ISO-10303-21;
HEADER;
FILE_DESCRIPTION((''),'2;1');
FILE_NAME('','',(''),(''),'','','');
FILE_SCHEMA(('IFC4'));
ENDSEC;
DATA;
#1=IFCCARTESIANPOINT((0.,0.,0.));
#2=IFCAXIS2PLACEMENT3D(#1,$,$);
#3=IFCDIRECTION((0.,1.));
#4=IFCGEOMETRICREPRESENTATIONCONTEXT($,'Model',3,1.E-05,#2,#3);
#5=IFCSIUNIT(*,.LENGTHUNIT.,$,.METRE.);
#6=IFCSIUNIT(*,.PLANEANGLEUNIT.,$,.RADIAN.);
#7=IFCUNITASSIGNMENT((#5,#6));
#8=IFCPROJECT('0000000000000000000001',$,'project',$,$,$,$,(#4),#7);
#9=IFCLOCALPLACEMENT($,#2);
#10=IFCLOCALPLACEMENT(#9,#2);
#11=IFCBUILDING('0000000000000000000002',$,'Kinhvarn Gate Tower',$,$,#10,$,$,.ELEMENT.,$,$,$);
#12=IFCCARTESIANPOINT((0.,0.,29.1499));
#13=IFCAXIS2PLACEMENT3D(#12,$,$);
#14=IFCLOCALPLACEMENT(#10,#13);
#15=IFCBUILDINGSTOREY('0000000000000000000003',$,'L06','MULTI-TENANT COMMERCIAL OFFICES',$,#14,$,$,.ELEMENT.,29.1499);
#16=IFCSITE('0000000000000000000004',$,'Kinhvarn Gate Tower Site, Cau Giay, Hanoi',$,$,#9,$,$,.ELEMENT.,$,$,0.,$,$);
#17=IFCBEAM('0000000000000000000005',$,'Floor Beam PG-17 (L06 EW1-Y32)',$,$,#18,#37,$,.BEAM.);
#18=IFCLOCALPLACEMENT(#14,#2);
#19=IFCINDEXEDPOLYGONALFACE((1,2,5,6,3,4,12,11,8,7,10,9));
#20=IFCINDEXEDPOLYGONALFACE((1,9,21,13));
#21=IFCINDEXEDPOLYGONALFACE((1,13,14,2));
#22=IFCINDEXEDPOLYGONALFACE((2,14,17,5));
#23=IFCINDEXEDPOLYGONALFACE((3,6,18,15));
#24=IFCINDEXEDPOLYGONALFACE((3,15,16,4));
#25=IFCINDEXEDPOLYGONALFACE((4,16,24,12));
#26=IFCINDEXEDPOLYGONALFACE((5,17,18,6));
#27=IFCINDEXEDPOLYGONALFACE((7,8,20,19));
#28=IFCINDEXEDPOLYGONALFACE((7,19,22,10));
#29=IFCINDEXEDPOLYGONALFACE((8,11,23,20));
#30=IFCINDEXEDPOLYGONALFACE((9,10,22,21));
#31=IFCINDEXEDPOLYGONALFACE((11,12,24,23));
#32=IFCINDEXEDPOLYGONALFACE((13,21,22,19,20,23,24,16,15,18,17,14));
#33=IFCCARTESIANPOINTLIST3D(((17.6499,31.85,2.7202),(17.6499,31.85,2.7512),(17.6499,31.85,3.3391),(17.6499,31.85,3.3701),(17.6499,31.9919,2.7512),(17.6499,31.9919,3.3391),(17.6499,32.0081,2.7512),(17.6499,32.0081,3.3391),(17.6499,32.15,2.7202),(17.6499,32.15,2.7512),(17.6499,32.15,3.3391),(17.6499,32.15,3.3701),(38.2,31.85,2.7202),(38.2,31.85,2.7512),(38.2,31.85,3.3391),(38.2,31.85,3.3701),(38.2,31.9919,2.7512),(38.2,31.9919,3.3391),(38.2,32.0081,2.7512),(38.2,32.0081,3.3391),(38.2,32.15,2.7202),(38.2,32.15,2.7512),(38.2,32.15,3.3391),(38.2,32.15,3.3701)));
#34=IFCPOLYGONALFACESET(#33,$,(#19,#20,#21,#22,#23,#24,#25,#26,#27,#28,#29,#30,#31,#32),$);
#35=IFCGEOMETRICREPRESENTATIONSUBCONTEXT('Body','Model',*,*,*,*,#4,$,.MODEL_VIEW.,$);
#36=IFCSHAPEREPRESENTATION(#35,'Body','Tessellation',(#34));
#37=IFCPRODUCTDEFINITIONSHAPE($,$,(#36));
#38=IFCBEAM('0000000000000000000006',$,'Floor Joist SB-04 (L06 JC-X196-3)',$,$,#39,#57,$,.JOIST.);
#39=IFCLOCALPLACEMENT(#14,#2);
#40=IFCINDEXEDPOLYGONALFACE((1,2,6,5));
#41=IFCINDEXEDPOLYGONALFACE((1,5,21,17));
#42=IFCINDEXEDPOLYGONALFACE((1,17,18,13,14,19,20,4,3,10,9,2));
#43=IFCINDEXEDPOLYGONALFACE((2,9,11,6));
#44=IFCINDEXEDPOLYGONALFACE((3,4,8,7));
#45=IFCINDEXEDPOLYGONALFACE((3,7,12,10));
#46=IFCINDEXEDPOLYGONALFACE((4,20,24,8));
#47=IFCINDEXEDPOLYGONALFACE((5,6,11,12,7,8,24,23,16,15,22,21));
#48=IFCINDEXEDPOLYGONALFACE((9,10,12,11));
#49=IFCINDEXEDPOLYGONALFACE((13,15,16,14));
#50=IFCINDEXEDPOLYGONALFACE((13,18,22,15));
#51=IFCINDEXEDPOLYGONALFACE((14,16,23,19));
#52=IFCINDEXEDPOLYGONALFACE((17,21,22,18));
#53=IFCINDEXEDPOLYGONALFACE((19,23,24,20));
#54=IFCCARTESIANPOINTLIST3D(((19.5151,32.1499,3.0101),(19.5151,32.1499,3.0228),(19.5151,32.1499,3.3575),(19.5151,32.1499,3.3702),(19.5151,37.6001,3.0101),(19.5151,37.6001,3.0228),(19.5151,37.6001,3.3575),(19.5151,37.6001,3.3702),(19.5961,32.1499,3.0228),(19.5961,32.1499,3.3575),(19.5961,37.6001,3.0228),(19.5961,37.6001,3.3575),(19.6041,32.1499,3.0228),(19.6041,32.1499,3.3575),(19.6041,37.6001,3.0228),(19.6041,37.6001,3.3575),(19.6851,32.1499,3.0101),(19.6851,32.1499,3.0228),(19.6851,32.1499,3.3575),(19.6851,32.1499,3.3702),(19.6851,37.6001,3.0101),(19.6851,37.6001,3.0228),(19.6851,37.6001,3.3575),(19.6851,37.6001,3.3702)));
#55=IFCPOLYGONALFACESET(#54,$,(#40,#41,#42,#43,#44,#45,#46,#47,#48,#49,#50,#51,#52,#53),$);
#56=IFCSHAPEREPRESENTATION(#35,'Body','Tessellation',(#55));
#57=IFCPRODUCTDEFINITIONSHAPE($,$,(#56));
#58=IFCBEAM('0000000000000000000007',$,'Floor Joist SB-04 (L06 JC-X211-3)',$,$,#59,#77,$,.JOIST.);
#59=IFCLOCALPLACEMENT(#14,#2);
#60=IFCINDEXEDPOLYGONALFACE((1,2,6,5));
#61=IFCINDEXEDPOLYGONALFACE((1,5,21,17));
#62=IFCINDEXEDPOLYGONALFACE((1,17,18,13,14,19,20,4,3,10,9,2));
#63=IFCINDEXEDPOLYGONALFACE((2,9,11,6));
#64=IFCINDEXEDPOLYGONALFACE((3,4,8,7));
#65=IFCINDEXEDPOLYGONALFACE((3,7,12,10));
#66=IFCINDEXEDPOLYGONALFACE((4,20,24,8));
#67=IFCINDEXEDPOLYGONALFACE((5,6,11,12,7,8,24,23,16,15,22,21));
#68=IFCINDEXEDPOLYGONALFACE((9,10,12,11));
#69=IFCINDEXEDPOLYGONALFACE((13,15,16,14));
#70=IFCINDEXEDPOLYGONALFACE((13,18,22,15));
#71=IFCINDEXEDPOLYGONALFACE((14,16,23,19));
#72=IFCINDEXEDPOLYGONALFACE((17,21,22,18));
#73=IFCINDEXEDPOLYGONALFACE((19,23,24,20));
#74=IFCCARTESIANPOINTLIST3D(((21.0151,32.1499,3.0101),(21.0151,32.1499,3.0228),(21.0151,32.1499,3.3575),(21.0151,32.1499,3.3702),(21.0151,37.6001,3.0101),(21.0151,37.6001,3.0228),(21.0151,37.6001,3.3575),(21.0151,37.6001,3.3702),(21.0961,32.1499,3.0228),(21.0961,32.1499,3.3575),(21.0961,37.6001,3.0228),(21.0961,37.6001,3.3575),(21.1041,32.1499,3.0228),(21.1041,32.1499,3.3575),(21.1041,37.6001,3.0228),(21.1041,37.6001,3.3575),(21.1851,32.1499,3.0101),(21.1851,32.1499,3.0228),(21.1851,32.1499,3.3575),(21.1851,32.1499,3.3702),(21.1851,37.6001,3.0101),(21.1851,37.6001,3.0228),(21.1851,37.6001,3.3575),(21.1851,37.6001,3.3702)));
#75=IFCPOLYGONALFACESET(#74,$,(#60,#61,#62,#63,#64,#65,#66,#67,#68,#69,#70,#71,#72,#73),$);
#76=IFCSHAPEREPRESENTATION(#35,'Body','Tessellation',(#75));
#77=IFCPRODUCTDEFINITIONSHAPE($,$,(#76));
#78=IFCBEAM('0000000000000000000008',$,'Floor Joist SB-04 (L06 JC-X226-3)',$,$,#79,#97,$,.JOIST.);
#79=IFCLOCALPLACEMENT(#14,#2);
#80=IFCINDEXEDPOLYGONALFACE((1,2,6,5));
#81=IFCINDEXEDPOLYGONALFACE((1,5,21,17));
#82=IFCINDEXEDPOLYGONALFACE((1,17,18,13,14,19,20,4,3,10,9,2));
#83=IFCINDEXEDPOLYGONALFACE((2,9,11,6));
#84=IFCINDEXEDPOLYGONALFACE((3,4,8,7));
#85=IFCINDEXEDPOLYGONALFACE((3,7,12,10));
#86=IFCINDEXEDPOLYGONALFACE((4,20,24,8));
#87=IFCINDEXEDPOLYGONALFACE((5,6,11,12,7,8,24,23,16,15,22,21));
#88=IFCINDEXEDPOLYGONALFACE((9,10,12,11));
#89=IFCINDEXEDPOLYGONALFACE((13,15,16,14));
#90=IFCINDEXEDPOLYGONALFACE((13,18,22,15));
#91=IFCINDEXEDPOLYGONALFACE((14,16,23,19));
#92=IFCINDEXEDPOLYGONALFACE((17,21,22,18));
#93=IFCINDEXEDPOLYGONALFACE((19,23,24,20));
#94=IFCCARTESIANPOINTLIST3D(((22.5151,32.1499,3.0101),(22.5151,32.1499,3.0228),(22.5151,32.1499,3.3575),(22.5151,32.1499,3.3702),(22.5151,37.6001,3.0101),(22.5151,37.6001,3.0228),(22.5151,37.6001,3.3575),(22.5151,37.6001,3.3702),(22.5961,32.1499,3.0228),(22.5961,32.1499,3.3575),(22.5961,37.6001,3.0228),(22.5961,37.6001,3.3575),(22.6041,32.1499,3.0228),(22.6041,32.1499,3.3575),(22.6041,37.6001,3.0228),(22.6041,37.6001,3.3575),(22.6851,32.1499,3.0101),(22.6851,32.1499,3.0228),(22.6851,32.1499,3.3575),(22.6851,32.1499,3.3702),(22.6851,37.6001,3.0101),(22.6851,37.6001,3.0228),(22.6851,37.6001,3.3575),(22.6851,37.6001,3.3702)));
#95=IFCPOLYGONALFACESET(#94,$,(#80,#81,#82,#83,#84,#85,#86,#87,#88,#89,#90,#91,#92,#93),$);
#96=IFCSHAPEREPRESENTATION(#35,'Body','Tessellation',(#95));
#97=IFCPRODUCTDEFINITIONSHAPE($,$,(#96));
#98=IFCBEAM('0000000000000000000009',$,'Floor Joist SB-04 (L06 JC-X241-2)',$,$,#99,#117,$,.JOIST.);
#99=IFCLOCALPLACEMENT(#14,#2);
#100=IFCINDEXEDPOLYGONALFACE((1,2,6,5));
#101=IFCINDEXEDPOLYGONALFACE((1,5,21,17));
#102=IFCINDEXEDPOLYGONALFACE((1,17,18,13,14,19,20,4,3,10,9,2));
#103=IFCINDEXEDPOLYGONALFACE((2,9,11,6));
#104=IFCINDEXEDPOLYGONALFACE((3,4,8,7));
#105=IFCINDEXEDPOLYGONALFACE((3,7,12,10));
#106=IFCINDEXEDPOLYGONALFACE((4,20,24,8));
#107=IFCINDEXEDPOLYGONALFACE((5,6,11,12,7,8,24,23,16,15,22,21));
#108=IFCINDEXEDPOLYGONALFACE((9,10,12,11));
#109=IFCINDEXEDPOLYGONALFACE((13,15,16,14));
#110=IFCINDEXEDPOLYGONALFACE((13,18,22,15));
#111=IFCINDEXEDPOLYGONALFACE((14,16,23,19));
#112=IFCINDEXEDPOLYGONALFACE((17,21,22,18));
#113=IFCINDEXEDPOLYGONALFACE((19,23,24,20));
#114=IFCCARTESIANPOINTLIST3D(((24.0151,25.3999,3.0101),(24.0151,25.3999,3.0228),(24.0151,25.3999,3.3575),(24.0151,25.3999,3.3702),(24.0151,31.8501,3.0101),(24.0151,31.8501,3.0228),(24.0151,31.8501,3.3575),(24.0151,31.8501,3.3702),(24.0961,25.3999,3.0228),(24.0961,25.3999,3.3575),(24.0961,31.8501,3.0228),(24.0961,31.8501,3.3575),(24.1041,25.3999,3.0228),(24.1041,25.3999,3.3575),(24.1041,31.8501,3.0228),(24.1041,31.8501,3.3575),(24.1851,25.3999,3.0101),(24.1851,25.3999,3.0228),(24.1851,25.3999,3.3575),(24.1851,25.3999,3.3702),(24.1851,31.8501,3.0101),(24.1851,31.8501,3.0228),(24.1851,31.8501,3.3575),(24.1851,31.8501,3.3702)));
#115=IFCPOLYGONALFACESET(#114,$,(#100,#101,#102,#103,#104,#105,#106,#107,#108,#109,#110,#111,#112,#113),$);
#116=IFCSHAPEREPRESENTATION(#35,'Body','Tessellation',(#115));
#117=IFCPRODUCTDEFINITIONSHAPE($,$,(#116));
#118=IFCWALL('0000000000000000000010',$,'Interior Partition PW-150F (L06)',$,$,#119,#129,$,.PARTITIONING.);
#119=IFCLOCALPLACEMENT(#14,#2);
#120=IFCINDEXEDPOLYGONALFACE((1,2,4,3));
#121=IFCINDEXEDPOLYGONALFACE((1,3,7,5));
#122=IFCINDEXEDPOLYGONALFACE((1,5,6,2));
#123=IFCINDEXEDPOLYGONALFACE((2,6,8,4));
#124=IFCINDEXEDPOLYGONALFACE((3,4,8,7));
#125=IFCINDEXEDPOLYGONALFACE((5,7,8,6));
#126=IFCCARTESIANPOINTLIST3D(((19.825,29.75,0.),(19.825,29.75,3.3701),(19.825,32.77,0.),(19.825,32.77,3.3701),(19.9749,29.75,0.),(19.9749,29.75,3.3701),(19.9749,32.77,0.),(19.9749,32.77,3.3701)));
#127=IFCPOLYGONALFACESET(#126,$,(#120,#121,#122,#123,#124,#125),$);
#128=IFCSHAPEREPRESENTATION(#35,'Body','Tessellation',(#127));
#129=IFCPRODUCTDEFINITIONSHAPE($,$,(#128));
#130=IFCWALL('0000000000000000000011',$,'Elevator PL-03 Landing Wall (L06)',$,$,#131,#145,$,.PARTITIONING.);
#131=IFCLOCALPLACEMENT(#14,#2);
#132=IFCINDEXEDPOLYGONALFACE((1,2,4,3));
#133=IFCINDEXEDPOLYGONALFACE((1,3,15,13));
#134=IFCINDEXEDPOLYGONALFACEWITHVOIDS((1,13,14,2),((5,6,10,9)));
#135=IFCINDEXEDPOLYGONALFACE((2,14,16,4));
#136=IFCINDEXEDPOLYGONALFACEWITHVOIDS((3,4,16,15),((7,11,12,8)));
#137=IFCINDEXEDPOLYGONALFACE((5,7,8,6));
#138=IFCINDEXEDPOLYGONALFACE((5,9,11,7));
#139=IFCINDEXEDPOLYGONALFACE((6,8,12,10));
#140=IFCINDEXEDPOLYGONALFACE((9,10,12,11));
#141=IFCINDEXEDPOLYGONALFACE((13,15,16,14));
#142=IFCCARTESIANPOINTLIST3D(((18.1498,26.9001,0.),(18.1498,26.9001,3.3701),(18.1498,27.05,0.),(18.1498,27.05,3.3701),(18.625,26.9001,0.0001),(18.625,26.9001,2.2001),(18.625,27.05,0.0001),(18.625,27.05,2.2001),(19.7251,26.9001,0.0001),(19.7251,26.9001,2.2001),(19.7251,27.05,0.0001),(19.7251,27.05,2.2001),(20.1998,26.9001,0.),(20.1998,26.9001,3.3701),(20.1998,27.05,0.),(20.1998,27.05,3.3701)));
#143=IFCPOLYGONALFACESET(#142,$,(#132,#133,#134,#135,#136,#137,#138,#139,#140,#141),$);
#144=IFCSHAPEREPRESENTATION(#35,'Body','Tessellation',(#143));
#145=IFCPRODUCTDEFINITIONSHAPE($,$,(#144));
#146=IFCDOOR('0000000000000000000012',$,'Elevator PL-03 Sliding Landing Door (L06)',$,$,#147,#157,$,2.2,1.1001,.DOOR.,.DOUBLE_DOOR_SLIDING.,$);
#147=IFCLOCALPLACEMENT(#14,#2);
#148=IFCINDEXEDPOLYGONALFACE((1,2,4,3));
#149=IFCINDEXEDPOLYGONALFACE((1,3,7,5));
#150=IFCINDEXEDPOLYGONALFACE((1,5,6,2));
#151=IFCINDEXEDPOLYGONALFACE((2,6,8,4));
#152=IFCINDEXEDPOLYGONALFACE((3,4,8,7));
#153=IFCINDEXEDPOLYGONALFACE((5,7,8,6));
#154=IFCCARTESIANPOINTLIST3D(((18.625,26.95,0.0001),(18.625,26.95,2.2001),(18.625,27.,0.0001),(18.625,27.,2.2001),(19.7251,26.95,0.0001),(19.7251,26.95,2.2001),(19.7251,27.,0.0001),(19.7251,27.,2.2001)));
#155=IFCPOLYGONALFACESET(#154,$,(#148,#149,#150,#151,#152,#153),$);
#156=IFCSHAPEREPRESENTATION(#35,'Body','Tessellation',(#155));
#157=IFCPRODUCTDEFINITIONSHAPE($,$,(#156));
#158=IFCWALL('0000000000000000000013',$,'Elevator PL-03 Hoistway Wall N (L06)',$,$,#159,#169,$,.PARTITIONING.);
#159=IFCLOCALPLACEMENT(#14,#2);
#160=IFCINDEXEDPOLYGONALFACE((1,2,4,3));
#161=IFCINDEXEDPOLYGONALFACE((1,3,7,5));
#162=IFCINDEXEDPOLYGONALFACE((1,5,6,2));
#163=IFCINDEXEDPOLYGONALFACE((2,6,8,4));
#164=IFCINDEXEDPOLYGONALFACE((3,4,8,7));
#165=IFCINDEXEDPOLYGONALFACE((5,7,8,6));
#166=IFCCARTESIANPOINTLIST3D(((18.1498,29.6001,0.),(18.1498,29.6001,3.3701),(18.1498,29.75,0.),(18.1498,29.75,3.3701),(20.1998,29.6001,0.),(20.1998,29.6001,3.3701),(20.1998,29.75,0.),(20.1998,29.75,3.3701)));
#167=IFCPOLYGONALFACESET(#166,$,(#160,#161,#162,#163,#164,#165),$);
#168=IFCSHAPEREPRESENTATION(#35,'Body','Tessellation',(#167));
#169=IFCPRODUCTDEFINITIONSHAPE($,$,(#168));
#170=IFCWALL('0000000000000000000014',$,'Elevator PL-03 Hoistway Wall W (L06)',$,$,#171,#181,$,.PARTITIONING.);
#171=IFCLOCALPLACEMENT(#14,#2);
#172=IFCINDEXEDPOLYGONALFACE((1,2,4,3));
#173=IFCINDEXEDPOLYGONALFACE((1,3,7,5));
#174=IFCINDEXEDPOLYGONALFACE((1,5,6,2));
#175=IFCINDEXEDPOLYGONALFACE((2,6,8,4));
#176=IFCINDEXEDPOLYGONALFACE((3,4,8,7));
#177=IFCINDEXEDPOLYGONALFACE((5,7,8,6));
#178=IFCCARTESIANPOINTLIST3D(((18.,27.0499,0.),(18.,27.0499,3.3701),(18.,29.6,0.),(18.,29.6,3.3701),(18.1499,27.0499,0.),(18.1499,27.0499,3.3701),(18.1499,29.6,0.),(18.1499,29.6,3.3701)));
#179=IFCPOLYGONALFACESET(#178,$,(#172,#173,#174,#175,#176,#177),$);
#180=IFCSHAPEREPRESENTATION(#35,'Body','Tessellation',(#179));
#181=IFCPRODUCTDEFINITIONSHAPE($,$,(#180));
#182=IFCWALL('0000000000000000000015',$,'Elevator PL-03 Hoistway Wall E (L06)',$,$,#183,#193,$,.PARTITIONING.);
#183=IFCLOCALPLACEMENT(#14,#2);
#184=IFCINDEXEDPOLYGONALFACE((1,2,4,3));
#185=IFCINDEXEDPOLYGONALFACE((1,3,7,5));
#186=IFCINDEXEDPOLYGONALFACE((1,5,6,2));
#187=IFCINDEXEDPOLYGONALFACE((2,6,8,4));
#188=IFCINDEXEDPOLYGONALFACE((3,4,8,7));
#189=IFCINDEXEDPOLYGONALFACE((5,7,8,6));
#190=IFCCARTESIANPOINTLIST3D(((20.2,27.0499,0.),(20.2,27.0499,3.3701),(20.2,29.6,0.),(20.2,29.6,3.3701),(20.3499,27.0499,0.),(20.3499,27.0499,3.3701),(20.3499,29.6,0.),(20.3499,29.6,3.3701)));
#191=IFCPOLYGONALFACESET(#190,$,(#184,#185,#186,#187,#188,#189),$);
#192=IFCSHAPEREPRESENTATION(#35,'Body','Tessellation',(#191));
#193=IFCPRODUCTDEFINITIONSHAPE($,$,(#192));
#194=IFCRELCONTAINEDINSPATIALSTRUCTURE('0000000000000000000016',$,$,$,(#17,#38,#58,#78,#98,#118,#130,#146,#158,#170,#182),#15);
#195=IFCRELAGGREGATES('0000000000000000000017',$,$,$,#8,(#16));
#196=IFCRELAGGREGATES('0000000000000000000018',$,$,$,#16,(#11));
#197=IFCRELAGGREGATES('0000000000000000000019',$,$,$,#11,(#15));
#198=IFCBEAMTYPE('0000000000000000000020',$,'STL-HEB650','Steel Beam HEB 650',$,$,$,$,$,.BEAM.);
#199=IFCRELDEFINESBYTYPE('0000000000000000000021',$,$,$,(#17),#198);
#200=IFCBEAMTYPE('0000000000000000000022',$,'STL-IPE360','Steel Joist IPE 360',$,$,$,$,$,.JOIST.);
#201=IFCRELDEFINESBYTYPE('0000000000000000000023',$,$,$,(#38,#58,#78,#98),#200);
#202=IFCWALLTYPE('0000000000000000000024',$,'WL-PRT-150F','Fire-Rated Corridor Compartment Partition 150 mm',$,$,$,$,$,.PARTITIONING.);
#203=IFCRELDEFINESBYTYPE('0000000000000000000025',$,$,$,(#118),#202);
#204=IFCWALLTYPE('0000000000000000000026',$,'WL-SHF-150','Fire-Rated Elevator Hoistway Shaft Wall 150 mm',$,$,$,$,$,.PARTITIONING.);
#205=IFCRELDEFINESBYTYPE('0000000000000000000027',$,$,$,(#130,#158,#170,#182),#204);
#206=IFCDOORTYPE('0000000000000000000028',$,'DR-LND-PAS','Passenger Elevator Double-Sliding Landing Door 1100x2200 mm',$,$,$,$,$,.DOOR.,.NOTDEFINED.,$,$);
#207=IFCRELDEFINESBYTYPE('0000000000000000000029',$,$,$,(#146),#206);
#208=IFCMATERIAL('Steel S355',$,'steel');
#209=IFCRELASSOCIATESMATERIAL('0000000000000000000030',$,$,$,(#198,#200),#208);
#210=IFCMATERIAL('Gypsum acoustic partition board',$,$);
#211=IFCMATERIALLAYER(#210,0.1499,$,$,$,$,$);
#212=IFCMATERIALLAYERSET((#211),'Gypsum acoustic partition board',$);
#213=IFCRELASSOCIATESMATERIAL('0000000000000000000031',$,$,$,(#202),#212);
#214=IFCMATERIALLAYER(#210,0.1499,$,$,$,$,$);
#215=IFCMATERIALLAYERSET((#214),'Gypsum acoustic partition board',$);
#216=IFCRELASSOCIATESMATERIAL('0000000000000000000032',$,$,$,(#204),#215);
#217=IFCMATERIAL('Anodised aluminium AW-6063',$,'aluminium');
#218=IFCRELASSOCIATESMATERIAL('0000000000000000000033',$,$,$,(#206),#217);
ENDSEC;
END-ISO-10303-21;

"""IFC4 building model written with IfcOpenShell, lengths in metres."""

from ifc_helpers import new_model, si_unit, direction, frame, frame_2d, origin, origin_2d, place, context, subcontext, project, spatial, rectangle, i_section, extrude, material, layer, layer_set, material_profile, profile_set, type_object, element, fill, save


model = new_model("IFC4")

# Units and contexts
model_context = context("Model", 3, precision=1e-05, world=origin(), true_north=direction((0.0, 1.0)))
body_context = subcontext(model_context, "Body", "Model", "MODEL_VIEW")
ifc_project = project(units=[si_unit("LENGTHUNIT", "METRE"), si_unit("PLANEANGLEUNIT", "RADIAN")], contexts=[model_context])

# Site, building, storey
site_placement = place(None, origin())
site = spatial("IfcSite", under=ifc_project, at=site_placement, Name="Kinhvarn Gate Tower Site, Cau Giay, Hanoi", CompositionType="ELEMENT", RefElevation=0.0)
building_placement = place(site_placement, origin())
building = spatial("IfcBuilding", under=site, at=building_placement, Name="Kinhvarn Gate Tower", CompositionType="ELEMENT")
storey_placement = place(building_placement, frame((0.0, 0.0, 29.1499)))
storey = spatial("IfcBuildingStorey", under=building, at=storey_placement, Name="L06", Description="MULTI-TENANT COMMERCIAL OFFICES", CompositionType="ELEMENT", Elevation=29.1499)

# Beams
ifc_material_1 = material(Name="Steel S355", Category="steel")
ifc_material_profile_1 = material_profile(ifc_material_1, i_section(OverallWidth=0.3, OverallDepth=0.6499, WebThickness=0.0161, FlangeThickness=0.031, at=origin_2d()), Name="HEB 650")
ifc_profile_set_1 = profile_set([ifc_material_profile_1], Name="Steel S355")
beam_type_1 = type_object("IfcBeamType", Name="STL-HEB650", Description="Steel Beam HEB 650", PredefinedType="BEAM", material=ifc_profile_set_1)
beam_1_placement = place(storey_placement, frame((17.6499, 32.0, 3.0452), z_axis=(1.0, 0.0, 0.0), x_axis=(0.0, 1.0, 0.0)))
element("IfcBeam", 1, at=beam_1_placement, inside=storey, type_object=beam_type_1, Name="Floor Beam PG-17 (L06 EW1-Y32)", PredefinedType="BEAM", context=body_context, shape_type="SweptSolid", body=[
    extrude(i_section(OverallWidth=0.3, OverallDepth=0.6499, WebThickness=0.0161, FlangeThickness=0.031, at=origin_2d()), origin(), (0.0, 0.0, 1.0), 20.55),
])
ifc_material_profile_2 = material_profile(ifc_material_1, i_section(OverallWidth=0.1699, OverallDepth=0.3601, WebThickness=0.0081, FlangeThickness=0.0127, at=origin_2d()), Name="IPE 360")
ifc_profile_set_2 = profile_set([ifc_material_profile_2], Name="Steel S355")
beam_type_2 = type_object("IfcBeamType", Name="STL-IPE360", Description="Steel Joist IPE 360", PredefinedType="JOIST", material=ifc_profile_set_2)
for number, where, z_axis, x_axis, name in (
    (2, (19.6001, 32.1499, 3.1902), (0.0, 1.0, 0.0), (-1.0, 0.0, 0.0), "Floor Joist SB-04 (L06 JC-X196-3)"),
    (3, (21.1001, 32.1499, 3.1902), (0.0, 1.0, 0.0), (-1.0, 0.0, 0.0), "Floor Joist SB-04 (L06 JC-X211-3)"),
    (4, (22.6001, 32.1499, 3.1902), (0.0, 1.0, 0.0), (-1.0, 0.0, 0.0), "Floor Joist SB-04 (L06 JC-X226-3)"),
):
    element("IfcBeam", number, at=place(storey_placement, frame(where, z_axis=z_axis, x_axis=x_axis)), inside=storey, type_object=beam_type_2, Name=name, PredefinedType="JOIST", context=body_context, shape_type="SweptSolid", body=[
        extrude(i_section(OverallWidth=0.1699, OverallDepth=0.3601, WebThickness=0.0081, FlangeThickness=0.0127, at=origin_2d()), origin(), (0.0, 0.0, 1.0), 5.4502),
    ])
beam_2_placement = place(storey_placement, frame((24.1001, 25.3999, 3.1902), z_axis=(0.0, 1.0, 0.0), x_axis=(-1.0, 0.0, 0.0)))
element("IfcBeam", 5, at=beam_2_placement, inside=storey, type_object=beam_type_2, Name="Floor Joist SB-04 (L06 JC-X241-2)", PredefinedType="JOIST", context=body_context, shape_type="SweptSolid", body=[
    extrude(i_section(OverallWidth=0.1699, OverallDepth=0.3601, WebThickness=0.0081, FlangeThickness=0.0127, at=origin_2d()), origin(), (0.0, 0.0, 1.0), 6.4502),
])

# Shared definitions
ifc_material_2 = material(Name="Anodised aluminium AW-6063", Category="aluminium")
ifc_material_3 = material(Name="Gypsum acoustic partition board")
ifc_layer_1 = layer(ifc_material_3, 0.1499)
ifc_layer_set_1 = layer_set([ifc_layer_1], Name="Gypsum acoustic partition board")
wall_type_1 = type_object("IfcWallType", Name="WL-PRT-150F", Description="Fire-Rated Corridor Compartment Partition 150 mm", PredefinedType="PARTITIONING", material=ifc_layer_set_1)

# Wall
wall_1_placement = place(storey_placement, frame((19.8999, 29.75, 0.0), z_axis=(0.0, 0.0, 1.0), x_axis=(0.0, 1.0, 0.0)))
element("IfcWall", 6, at=wall_1_placement, inside=storey, type_object=wall_type_1, Name="Interior Partition PW-150F (L06)", PredefinedType="PARTITIONING", context=body_context, shape_type="SweptSolid", body=[
    extrude(rectangle(XDim=3.02, YDim=0.1499, at=frame_2d((1.51, 0.0))), origin(), (0.0, 0.0, 1.0), 3.3701),
])

# Wall, opening, door
ifc_layer_2 = layer(ifc_material_3, 0.1499)
ifc_layer_set_2 = layer_set([ifc_layer_2], Name="Gypsum acoustic partition board")
wall_type_2 = type_object("IfcWallType", Name="WL-SHF-150", Description="Fire-Rated Elevator Hoistway Shaft Wall 150 mm", PredefinedType="PARTITIONING", material=ifc_layer_set_2)
wall_2_placement = place(storey_placement, frame((18.1499, 26.9751, 0.0), z_axis=(0.0, 0.0, 1.0), x_axis=(1.0, 0.0, 0.0)))
wall_2 = element("IfcWall", 7, at=wall_2_placement, inside=storey, type_object=wall_type_2, Name="Elevator PL-03 Landing Wall (L06)", PredefinedType="PARTITIONING", context=body_context, shape_type="SweptSolid", body=[
    extrude(rectangle(XDim=2.05, YDim=0.1499, at=frame_2d((1.0249, 0.0))), origin(), (0.0, 0.0, 1.0), 3.3701),
])
opening_1_placement = place(wall_2_placement, frame((0.4751, 0.0, 0.0)))
opening_1 = element("IfcOpeningElement", 8, at=opening_1_placement, cuts=wall_2, PredefinedType="OPENING", context=body_context, shape_type="SweptSolid", body=[
    extrude(rectangle(XDim=1.1001, YDim=2.2, at=frame_2d((0.55, 1.1001))), frame((0.0, 0.085, 0.0), z_axis=(0.0, -1.0, 0.0), x_axis=(1.0, 0.0, 0.0)), (0.0, 0.0, 1.0), 0.1699),
])
door_type_1 = type_object("IfcDoorType", Name="DR-LND-PAS", Description="Passenger Elevator Double-Sliding Landing Door 1100x2200 mm", OperationType="NOTDEFINED", PredefinedType="DOOR", material=ifc_material_2)
door_1_placement = place(opening_1_placement, origin())
door_1 = element("IfcDoor", 9, at=door_1_placement, inside=storey, type_object=door_type_1, Name="Elevator PL-03 Sliding Landing Door (L06)", OperationType="DOUBLE_DOOR_SLIDING", OverallHeight=2.2, OverallWidth=1.1001, PredefinedType="DOOR", context=body_context, shape_type="SweptSolid", body=[
    extrude(rectangle(XDim=1.1001, YDim=2.2, at=frame_2d((0.55, 1.1001))), frame((0.0, 0.0249, 0.0), z_axis=(0.0, -1.0, 0.0), x_axis=(1.0, 0.0, 0.0)), (0.0, 0.0, 1.0), 0.05),
])
fill(opening_1, door_1)

# Walls
wall_3_placement = place(storey_placement, frame((18.1499, 29.675, 0.0), z_axis=(0.0, 0.0, 1.0), x_axis=(1.0, 0.0, 0.0)))
element("IfcWall", 10, at=wall_3_placement, inside=storey, type_object=wall_type_2, Name="Elevator PL-03 Hoistway Wall N (L06)", PredefinedType="PARTITIONING", context=body_context, shape_type="SweptSolid", body=[
    extrude(rectangle(XDim=2.05, YDim=0.1499, at=frame_2d((1.0249, 0.0))), origin(), (0.0, 0.0, 1.0), 3.3701),
])
for number, where, z_axis, x_axis, name in (
    (11, (18.075, 27.05, 0.0), (0.0, 0.0, 1.0), (0.0, 1.0, 0.0), "Elevator PL-03 Hoistway Wall W (L06)"),
    (12, (20.2749, 27.05, 0.0), (0.0, 0.0, 1.0), (0.0, 1.0, 0.0), "Elevator PL-03 Hoistway Wall E (L06)"),
):
    element("IfcWall", number, at=place(storey_placement, frame(where, z_axis=z_axis, x_axis=x_axis)), inside=storey, type_object=wall_type_2, Name=name, PredefinedType="PARTITIONING", context=body_context, shape_type="SweptSolid", body=[
        extrude(rectangle(XDim=2.55, YDim=0.1499, at=frame_2d((1.2749, 0.0))), origin(), (0.0, 0.0, 1.0), 3.3701),
    ])

save(model, "model.ifc")
